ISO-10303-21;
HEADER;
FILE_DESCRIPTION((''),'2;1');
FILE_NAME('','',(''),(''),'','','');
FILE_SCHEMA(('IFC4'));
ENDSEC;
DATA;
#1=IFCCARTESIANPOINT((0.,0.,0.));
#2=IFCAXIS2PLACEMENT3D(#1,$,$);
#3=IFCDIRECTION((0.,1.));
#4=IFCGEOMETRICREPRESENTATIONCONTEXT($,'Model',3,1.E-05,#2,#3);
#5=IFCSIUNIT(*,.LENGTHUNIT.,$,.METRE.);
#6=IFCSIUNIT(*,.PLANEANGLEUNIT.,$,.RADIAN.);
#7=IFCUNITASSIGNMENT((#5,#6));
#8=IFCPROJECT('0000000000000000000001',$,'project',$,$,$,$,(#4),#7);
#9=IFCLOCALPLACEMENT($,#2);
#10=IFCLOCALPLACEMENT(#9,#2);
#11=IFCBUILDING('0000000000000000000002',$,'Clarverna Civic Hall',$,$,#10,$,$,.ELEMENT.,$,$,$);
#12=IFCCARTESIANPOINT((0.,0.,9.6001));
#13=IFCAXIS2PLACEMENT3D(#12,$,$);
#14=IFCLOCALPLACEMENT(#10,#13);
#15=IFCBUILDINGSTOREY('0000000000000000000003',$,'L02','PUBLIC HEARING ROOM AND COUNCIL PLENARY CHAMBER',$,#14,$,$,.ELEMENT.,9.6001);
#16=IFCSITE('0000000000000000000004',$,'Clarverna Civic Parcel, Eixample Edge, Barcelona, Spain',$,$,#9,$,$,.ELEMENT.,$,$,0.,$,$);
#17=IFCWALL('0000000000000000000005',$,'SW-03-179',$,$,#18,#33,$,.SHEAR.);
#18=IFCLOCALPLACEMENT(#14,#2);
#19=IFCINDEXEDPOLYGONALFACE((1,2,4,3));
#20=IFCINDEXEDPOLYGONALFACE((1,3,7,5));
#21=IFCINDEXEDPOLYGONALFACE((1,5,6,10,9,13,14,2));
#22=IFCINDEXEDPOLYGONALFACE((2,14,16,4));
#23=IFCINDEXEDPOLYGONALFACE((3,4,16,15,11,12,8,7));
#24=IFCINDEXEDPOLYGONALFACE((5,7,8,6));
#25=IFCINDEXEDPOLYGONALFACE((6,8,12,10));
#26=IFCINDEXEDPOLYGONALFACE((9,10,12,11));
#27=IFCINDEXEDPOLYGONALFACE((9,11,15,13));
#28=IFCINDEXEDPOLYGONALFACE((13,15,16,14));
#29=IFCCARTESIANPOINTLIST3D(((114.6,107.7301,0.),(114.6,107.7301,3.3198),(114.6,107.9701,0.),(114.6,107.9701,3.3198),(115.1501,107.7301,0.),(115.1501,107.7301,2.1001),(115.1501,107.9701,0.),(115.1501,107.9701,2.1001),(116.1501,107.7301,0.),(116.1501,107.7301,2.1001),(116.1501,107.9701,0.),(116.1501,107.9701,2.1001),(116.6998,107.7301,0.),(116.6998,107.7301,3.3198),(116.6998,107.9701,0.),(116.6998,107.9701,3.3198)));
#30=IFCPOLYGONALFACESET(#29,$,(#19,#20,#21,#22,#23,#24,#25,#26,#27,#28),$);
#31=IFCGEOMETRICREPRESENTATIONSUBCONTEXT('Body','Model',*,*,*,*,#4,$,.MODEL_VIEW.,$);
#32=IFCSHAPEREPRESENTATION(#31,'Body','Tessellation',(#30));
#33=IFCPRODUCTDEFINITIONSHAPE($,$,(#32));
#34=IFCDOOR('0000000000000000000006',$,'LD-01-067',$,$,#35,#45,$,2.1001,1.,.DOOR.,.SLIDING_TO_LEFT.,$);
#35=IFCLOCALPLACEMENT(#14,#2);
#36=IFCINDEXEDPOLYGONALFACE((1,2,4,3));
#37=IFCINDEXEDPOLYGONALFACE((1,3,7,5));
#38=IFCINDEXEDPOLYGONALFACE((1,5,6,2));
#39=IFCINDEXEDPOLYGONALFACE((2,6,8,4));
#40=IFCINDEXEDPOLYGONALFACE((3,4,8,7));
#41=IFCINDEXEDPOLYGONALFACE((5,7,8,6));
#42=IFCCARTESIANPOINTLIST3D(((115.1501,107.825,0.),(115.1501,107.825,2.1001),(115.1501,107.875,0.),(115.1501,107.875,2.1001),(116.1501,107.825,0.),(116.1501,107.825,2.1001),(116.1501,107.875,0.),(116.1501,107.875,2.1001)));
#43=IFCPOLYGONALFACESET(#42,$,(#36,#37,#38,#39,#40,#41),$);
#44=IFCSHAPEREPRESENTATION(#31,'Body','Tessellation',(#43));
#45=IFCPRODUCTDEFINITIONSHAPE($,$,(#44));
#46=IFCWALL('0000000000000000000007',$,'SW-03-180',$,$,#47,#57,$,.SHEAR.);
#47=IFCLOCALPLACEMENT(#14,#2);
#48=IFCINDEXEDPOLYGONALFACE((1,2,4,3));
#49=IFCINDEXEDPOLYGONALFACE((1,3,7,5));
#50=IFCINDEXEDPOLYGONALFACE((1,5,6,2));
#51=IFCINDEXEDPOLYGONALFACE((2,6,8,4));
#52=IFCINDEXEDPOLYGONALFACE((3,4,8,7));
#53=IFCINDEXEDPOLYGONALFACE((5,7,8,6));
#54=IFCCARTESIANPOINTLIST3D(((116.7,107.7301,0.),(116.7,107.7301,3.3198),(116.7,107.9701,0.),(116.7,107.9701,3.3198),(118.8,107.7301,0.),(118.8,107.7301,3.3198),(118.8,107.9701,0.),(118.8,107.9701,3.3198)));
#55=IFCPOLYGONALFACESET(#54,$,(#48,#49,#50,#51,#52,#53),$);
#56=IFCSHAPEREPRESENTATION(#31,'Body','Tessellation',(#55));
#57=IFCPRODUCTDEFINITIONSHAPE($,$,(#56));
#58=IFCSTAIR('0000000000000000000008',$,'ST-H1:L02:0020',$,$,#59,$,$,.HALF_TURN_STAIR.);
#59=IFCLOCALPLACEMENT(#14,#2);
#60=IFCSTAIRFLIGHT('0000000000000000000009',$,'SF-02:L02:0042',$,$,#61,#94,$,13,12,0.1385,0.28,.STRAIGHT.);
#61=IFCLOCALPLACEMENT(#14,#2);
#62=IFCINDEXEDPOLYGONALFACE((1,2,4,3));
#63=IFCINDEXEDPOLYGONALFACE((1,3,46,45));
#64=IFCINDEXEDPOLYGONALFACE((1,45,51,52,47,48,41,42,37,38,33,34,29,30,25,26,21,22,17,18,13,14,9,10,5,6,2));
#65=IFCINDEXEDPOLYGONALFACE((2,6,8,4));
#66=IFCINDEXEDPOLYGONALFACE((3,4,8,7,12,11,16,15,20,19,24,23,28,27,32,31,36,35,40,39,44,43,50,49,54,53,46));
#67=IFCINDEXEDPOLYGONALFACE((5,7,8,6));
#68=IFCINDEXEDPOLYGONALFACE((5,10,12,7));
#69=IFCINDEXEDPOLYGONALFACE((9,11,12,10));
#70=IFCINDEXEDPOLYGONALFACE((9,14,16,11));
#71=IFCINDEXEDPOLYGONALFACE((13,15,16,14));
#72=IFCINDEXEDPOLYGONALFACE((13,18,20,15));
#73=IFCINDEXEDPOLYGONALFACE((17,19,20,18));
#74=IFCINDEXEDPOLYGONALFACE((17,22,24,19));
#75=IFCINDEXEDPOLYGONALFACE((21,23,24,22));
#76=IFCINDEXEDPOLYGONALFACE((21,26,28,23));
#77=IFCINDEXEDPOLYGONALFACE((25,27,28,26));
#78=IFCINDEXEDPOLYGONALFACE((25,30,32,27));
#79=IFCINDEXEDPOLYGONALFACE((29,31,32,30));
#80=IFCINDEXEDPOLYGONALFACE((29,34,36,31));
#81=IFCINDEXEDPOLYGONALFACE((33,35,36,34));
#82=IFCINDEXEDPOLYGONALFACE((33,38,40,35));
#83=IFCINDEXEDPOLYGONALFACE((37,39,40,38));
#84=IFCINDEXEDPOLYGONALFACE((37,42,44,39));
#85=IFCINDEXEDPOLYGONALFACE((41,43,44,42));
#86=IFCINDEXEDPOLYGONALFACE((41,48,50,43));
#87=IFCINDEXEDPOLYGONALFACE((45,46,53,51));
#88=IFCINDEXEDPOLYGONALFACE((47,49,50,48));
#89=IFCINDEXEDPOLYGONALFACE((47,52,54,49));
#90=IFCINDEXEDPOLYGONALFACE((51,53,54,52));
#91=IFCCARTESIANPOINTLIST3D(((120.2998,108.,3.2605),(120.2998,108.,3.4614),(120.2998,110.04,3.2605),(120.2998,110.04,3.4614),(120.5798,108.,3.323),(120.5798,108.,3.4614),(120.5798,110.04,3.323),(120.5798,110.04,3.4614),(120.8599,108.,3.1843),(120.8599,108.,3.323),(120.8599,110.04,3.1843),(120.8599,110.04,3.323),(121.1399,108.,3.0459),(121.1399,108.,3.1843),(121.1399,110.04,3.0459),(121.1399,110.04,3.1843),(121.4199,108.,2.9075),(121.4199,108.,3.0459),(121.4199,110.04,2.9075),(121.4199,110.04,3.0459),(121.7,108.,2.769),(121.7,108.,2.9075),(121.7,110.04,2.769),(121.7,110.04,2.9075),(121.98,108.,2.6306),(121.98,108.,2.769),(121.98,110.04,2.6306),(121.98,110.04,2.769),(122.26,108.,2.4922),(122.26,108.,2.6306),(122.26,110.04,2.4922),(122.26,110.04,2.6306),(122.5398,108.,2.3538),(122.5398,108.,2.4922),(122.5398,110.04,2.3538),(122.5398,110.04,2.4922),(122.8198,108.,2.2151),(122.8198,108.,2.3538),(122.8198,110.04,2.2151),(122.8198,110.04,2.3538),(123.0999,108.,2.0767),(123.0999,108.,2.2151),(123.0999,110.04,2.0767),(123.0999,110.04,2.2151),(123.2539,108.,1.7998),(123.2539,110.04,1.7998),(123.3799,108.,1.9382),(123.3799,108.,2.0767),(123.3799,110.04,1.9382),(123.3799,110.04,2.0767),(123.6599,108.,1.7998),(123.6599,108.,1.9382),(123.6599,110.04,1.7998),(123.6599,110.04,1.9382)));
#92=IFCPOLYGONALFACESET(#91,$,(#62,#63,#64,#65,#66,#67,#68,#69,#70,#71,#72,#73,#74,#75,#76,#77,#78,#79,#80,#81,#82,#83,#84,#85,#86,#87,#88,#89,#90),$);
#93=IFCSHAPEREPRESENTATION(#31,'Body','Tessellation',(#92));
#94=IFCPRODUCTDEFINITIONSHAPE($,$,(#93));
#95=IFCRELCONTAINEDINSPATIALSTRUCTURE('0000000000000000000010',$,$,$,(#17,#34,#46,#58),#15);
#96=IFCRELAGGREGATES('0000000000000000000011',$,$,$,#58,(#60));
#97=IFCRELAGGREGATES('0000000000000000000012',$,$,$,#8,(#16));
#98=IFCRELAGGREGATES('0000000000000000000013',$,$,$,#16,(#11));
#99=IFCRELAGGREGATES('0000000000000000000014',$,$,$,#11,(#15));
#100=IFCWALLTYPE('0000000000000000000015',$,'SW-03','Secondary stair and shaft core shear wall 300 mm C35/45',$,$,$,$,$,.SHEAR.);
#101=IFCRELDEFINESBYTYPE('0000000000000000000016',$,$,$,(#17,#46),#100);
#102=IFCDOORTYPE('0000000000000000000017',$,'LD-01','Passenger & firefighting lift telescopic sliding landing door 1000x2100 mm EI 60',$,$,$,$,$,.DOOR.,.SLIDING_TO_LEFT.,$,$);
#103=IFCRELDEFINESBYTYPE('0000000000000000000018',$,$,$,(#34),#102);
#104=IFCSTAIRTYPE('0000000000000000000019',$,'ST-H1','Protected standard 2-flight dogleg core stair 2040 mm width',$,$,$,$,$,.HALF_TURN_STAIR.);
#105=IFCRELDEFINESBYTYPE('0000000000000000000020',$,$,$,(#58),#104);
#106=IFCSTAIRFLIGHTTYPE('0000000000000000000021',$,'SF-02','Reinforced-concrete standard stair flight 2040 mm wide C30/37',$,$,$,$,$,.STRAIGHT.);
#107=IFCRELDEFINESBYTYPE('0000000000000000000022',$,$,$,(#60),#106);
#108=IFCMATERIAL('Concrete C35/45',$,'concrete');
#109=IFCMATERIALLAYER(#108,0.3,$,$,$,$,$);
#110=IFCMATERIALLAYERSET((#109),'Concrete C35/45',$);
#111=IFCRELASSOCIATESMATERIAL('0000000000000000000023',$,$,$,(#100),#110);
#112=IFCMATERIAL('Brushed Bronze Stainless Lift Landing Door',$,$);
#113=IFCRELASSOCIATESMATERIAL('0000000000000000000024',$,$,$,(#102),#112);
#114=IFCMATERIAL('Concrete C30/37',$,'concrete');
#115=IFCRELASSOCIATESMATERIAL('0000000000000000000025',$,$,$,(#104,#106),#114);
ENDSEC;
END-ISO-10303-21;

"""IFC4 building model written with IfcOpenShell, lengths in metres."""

from ifc_helpers import new_model, si_unit, direction, frame, frame_2d, origin, place, context, subcontext, project, spatial, polyline, rectangle, outline, extrude, material, layer, layer_set, type_object, element, fill, aggregate, save


model = new_model("IFC4")

# Units and contexts
model_context = context("Model", 3, precision=1e-05, world=origin(), true_north=direction((0.0, 1.0)))
body_context = subcontext(model_context, "Body", "Model", "MODEL_VIEW")
ifc_project = project(units=[si_unit("LENGTHUNIT", "METRE"), si_unit("PLANEANGLEUNIT", "RADIAN")], contexts=[model_context])

# Site, building, storey
site_placement = place(None, origin())
site = spatial("IfcSite", under=ifc_project, at=site_placement, Name="Clarverna Civic Parcel, Eixample Edge, Barcelona, Spain", CompositionType="ELEMENT", RefElevation=0.0)
building_placement = place(site_placement, origin())
building = spatial("IfcBuilding", under=site, at=building_placement, Name="Clarverna Civic Hall", CompositionType="ELEMENT")
storey_placement = place(building_placement, frame((0.0, 0.0, 9.6001)))
storey = spatial("IfcBuildingStorey", under=building, at=storey_placement, Name="L02", Description="PUBLIC HEARING ROOM AND COUNCIL PLENARY CHAMBER", CompositionType="ELEMENT", Elevation=9.6001)

# Shared definitions
ifc_material_1 = material(Name="Concrete C35/45", Category="concrete")
ifc_layer_1 = layer(ifc_material_1, 0.3)
ifc_layer_set_1 = layer_set([ifc_layer_1], Name="Concrete C35/45")
wall_type = type_object("IfcWallType", Name="SW-03", Description="Secondary stair and shaft core shear wall 300 mm C35/45", PredefinedType="SHEAR", material=ifc_layer_set_1)

# Wall, opening, door
wall_1_placement = place(storey_placement, frame((114.6001, 107.8501, 0.0), z_axis=(0.0, 0.0, 1.0), x_axis=(1.0, 0.0, 0.0)))
wall_1 = element("IfcWall", 1, at=wall_1_placement, inside=storey, type_object=wall_type, Name="SW-03-179", PredefinedType="SHEAR", context=body_context, shape_type="SweptSolid", body=[
    extrude(rectangle(XDim=2.0999, YDim=0.24, at=frame_2d((1.0498, 0.0))), origin(), (0.0, 0.0, 1.0), 3.3198),
])
opening_placement = place(wall_1_placement, frame((0.55, 0.0, 0.0)))
opening = element("IfcOpeningElement", 2, at=opening_placement, cuts=wall_1, PredefinedType="OPENING", context=body_context, shape_type="SweptSolid", body=[
    extrude(rectangle(XDim=1.0, YDim=2.1001, at=frame_2d((0.5, 1.05))), frame((0.0, 0.1299, 0.0), z_axis=(0.0, -1.0, 0.0), x_axis=(1.0, 0.0, 0.0)), (0.0, 0.0, 1.0), 0.26),
])
ifc_material_2 = material(Name="Brushed Bronze Stainless Lift Landing Door")
door_type = type_object("IfcDoorType", Name="LD-01", Description="Passenger & firefighting lift telescopic sliding landing door 1000x2100 mm EI 60", OperationType="SLIDING_TO_LEFT", PredefinedType="DOOR", material=ifc_material_2)
door_placement = place(opening_placement, origin())
door = element("IfcDoor", 3, at=door_placement, inside=storey, type_object=door_type, Name="LD-01-067", OperationType="SLIDING_TO_LEFT", OverallHeight=2.1001, OverallWidth=1.0, PredefinedType="DOOR", context=body_context, shape_type="SweptSolid", body=[
    extrude(rectangle(XDim=1.0, YDim=2.1001, at=frame_2d((0.5, 1.05))), frame((0.0, 0.0249, 0.0), z_axis=(0.0, -1.0, 0.0), x_axis=(1.0, 0.0, 0.0)), (0.0, 0.0, 1.0), 0.05),
])
fill(opening, door)

# Wall
wall_2_placement = place(storey_placement, frame((116.7, 107.8501, 0.0), z_axis=(0.0, 0.0, 1.0), x_axis=(1.0, 0.0, 0.0)))
element("IfcWall", 4, at=wall_2_placement, inside=storey, type_object=wall_type, Name="SW-03-180", PredefinedType="SHEAR", context=body_context, shape_type="SweptSolid", body=[
    extrude(rectangle(XDim=2.1001, YDim=0.24, at=frame_2d((1.05, 0.0))), origin(), (0.0, 0.0, 1.0), 3.3198),
])

# Stair, stair flight
ifc_material_3 = material(Name="Concrete C30/37", Category="concrete")
stair_type = type_object("IfcStairType", Name="ST-H1", Description="Protected standard 2-flight dogleg core stair 2040 mm width", PredefinedType="HALF_TURN_STAIR", material=ifc_material_3)
stair_placement = place(storey_placement, origin())
stair = element("IfcStair", 5, at=stair_placement, inside=storey, type_object=stair_type, Name="ST-H1:L02:0020", PredefinedType="HALF_TURN_STAIR")
stair_flight_type = type_object("IfcStairFlightType", Name="SF-02", Description="Reinforced-concrete standard stair flight 2040 mm wide C30/37", PredefinedType="STRAIGHT", material=ifc_material_3)
stair_flight_placement = place(storey_placement, frame((123.6599, 109.02, 1.7998), z_axis=(0.0, 0.0, 1.0), x_axis=(-1.0, 0.0, 0.0)))
stair_flight = element("IfcStairFlight", 6, at=stair_flight_placement, type_object=stair_flight_type, Name="SF-02:L02:0042", NumberOfRisers=13, NumberOfTreads=12, PredefinedType="STRAIGHT", RiserHeight=0.1385, TreadLength=0.28, context=body_context, shape_type="SweptSolid", body=[
    extrude(outline(polyline([(0.0, 0.0), (0.0, 0.1384), (0.28, 0.1384), (0.28, 0.2769), (0.5601, 0.2769), (0.5601, 0.4153), (0.8401, 0.4153), (0.8401, 0.554), (1.1201, 0.554), (1.1201, 0.6924), (1.3999, 0.6924), (1.3999, 0.8308), (1.6799, 0.8308), (1.6799, 0.9692), (1.96, 0.9692), (1.96, 1.1077), (2.24, 1.1077), (2.24, 1.2461), (2.52, 1.2461), (2.52, 1.3845), (2.8, 1.3845), (2.8, 1.5232), (3.0801, 1.5232), (3.0801, 1.6616), (3.3601, 1.6616), (3.3601, 1.8), (3.3601, 1.4607), (0.406, 0.0), (0.0, 0.0)])), frame((0.0, 1.02, 0.0), z_axis=(0.0, -1.0, 0.0), x_axis=(1.0, 0.0, 0.0)), (0.0, 0.0, 1.0), 2.04),
])
aggregate(stair, [stair_flight])

save(model, "model.ifc")
